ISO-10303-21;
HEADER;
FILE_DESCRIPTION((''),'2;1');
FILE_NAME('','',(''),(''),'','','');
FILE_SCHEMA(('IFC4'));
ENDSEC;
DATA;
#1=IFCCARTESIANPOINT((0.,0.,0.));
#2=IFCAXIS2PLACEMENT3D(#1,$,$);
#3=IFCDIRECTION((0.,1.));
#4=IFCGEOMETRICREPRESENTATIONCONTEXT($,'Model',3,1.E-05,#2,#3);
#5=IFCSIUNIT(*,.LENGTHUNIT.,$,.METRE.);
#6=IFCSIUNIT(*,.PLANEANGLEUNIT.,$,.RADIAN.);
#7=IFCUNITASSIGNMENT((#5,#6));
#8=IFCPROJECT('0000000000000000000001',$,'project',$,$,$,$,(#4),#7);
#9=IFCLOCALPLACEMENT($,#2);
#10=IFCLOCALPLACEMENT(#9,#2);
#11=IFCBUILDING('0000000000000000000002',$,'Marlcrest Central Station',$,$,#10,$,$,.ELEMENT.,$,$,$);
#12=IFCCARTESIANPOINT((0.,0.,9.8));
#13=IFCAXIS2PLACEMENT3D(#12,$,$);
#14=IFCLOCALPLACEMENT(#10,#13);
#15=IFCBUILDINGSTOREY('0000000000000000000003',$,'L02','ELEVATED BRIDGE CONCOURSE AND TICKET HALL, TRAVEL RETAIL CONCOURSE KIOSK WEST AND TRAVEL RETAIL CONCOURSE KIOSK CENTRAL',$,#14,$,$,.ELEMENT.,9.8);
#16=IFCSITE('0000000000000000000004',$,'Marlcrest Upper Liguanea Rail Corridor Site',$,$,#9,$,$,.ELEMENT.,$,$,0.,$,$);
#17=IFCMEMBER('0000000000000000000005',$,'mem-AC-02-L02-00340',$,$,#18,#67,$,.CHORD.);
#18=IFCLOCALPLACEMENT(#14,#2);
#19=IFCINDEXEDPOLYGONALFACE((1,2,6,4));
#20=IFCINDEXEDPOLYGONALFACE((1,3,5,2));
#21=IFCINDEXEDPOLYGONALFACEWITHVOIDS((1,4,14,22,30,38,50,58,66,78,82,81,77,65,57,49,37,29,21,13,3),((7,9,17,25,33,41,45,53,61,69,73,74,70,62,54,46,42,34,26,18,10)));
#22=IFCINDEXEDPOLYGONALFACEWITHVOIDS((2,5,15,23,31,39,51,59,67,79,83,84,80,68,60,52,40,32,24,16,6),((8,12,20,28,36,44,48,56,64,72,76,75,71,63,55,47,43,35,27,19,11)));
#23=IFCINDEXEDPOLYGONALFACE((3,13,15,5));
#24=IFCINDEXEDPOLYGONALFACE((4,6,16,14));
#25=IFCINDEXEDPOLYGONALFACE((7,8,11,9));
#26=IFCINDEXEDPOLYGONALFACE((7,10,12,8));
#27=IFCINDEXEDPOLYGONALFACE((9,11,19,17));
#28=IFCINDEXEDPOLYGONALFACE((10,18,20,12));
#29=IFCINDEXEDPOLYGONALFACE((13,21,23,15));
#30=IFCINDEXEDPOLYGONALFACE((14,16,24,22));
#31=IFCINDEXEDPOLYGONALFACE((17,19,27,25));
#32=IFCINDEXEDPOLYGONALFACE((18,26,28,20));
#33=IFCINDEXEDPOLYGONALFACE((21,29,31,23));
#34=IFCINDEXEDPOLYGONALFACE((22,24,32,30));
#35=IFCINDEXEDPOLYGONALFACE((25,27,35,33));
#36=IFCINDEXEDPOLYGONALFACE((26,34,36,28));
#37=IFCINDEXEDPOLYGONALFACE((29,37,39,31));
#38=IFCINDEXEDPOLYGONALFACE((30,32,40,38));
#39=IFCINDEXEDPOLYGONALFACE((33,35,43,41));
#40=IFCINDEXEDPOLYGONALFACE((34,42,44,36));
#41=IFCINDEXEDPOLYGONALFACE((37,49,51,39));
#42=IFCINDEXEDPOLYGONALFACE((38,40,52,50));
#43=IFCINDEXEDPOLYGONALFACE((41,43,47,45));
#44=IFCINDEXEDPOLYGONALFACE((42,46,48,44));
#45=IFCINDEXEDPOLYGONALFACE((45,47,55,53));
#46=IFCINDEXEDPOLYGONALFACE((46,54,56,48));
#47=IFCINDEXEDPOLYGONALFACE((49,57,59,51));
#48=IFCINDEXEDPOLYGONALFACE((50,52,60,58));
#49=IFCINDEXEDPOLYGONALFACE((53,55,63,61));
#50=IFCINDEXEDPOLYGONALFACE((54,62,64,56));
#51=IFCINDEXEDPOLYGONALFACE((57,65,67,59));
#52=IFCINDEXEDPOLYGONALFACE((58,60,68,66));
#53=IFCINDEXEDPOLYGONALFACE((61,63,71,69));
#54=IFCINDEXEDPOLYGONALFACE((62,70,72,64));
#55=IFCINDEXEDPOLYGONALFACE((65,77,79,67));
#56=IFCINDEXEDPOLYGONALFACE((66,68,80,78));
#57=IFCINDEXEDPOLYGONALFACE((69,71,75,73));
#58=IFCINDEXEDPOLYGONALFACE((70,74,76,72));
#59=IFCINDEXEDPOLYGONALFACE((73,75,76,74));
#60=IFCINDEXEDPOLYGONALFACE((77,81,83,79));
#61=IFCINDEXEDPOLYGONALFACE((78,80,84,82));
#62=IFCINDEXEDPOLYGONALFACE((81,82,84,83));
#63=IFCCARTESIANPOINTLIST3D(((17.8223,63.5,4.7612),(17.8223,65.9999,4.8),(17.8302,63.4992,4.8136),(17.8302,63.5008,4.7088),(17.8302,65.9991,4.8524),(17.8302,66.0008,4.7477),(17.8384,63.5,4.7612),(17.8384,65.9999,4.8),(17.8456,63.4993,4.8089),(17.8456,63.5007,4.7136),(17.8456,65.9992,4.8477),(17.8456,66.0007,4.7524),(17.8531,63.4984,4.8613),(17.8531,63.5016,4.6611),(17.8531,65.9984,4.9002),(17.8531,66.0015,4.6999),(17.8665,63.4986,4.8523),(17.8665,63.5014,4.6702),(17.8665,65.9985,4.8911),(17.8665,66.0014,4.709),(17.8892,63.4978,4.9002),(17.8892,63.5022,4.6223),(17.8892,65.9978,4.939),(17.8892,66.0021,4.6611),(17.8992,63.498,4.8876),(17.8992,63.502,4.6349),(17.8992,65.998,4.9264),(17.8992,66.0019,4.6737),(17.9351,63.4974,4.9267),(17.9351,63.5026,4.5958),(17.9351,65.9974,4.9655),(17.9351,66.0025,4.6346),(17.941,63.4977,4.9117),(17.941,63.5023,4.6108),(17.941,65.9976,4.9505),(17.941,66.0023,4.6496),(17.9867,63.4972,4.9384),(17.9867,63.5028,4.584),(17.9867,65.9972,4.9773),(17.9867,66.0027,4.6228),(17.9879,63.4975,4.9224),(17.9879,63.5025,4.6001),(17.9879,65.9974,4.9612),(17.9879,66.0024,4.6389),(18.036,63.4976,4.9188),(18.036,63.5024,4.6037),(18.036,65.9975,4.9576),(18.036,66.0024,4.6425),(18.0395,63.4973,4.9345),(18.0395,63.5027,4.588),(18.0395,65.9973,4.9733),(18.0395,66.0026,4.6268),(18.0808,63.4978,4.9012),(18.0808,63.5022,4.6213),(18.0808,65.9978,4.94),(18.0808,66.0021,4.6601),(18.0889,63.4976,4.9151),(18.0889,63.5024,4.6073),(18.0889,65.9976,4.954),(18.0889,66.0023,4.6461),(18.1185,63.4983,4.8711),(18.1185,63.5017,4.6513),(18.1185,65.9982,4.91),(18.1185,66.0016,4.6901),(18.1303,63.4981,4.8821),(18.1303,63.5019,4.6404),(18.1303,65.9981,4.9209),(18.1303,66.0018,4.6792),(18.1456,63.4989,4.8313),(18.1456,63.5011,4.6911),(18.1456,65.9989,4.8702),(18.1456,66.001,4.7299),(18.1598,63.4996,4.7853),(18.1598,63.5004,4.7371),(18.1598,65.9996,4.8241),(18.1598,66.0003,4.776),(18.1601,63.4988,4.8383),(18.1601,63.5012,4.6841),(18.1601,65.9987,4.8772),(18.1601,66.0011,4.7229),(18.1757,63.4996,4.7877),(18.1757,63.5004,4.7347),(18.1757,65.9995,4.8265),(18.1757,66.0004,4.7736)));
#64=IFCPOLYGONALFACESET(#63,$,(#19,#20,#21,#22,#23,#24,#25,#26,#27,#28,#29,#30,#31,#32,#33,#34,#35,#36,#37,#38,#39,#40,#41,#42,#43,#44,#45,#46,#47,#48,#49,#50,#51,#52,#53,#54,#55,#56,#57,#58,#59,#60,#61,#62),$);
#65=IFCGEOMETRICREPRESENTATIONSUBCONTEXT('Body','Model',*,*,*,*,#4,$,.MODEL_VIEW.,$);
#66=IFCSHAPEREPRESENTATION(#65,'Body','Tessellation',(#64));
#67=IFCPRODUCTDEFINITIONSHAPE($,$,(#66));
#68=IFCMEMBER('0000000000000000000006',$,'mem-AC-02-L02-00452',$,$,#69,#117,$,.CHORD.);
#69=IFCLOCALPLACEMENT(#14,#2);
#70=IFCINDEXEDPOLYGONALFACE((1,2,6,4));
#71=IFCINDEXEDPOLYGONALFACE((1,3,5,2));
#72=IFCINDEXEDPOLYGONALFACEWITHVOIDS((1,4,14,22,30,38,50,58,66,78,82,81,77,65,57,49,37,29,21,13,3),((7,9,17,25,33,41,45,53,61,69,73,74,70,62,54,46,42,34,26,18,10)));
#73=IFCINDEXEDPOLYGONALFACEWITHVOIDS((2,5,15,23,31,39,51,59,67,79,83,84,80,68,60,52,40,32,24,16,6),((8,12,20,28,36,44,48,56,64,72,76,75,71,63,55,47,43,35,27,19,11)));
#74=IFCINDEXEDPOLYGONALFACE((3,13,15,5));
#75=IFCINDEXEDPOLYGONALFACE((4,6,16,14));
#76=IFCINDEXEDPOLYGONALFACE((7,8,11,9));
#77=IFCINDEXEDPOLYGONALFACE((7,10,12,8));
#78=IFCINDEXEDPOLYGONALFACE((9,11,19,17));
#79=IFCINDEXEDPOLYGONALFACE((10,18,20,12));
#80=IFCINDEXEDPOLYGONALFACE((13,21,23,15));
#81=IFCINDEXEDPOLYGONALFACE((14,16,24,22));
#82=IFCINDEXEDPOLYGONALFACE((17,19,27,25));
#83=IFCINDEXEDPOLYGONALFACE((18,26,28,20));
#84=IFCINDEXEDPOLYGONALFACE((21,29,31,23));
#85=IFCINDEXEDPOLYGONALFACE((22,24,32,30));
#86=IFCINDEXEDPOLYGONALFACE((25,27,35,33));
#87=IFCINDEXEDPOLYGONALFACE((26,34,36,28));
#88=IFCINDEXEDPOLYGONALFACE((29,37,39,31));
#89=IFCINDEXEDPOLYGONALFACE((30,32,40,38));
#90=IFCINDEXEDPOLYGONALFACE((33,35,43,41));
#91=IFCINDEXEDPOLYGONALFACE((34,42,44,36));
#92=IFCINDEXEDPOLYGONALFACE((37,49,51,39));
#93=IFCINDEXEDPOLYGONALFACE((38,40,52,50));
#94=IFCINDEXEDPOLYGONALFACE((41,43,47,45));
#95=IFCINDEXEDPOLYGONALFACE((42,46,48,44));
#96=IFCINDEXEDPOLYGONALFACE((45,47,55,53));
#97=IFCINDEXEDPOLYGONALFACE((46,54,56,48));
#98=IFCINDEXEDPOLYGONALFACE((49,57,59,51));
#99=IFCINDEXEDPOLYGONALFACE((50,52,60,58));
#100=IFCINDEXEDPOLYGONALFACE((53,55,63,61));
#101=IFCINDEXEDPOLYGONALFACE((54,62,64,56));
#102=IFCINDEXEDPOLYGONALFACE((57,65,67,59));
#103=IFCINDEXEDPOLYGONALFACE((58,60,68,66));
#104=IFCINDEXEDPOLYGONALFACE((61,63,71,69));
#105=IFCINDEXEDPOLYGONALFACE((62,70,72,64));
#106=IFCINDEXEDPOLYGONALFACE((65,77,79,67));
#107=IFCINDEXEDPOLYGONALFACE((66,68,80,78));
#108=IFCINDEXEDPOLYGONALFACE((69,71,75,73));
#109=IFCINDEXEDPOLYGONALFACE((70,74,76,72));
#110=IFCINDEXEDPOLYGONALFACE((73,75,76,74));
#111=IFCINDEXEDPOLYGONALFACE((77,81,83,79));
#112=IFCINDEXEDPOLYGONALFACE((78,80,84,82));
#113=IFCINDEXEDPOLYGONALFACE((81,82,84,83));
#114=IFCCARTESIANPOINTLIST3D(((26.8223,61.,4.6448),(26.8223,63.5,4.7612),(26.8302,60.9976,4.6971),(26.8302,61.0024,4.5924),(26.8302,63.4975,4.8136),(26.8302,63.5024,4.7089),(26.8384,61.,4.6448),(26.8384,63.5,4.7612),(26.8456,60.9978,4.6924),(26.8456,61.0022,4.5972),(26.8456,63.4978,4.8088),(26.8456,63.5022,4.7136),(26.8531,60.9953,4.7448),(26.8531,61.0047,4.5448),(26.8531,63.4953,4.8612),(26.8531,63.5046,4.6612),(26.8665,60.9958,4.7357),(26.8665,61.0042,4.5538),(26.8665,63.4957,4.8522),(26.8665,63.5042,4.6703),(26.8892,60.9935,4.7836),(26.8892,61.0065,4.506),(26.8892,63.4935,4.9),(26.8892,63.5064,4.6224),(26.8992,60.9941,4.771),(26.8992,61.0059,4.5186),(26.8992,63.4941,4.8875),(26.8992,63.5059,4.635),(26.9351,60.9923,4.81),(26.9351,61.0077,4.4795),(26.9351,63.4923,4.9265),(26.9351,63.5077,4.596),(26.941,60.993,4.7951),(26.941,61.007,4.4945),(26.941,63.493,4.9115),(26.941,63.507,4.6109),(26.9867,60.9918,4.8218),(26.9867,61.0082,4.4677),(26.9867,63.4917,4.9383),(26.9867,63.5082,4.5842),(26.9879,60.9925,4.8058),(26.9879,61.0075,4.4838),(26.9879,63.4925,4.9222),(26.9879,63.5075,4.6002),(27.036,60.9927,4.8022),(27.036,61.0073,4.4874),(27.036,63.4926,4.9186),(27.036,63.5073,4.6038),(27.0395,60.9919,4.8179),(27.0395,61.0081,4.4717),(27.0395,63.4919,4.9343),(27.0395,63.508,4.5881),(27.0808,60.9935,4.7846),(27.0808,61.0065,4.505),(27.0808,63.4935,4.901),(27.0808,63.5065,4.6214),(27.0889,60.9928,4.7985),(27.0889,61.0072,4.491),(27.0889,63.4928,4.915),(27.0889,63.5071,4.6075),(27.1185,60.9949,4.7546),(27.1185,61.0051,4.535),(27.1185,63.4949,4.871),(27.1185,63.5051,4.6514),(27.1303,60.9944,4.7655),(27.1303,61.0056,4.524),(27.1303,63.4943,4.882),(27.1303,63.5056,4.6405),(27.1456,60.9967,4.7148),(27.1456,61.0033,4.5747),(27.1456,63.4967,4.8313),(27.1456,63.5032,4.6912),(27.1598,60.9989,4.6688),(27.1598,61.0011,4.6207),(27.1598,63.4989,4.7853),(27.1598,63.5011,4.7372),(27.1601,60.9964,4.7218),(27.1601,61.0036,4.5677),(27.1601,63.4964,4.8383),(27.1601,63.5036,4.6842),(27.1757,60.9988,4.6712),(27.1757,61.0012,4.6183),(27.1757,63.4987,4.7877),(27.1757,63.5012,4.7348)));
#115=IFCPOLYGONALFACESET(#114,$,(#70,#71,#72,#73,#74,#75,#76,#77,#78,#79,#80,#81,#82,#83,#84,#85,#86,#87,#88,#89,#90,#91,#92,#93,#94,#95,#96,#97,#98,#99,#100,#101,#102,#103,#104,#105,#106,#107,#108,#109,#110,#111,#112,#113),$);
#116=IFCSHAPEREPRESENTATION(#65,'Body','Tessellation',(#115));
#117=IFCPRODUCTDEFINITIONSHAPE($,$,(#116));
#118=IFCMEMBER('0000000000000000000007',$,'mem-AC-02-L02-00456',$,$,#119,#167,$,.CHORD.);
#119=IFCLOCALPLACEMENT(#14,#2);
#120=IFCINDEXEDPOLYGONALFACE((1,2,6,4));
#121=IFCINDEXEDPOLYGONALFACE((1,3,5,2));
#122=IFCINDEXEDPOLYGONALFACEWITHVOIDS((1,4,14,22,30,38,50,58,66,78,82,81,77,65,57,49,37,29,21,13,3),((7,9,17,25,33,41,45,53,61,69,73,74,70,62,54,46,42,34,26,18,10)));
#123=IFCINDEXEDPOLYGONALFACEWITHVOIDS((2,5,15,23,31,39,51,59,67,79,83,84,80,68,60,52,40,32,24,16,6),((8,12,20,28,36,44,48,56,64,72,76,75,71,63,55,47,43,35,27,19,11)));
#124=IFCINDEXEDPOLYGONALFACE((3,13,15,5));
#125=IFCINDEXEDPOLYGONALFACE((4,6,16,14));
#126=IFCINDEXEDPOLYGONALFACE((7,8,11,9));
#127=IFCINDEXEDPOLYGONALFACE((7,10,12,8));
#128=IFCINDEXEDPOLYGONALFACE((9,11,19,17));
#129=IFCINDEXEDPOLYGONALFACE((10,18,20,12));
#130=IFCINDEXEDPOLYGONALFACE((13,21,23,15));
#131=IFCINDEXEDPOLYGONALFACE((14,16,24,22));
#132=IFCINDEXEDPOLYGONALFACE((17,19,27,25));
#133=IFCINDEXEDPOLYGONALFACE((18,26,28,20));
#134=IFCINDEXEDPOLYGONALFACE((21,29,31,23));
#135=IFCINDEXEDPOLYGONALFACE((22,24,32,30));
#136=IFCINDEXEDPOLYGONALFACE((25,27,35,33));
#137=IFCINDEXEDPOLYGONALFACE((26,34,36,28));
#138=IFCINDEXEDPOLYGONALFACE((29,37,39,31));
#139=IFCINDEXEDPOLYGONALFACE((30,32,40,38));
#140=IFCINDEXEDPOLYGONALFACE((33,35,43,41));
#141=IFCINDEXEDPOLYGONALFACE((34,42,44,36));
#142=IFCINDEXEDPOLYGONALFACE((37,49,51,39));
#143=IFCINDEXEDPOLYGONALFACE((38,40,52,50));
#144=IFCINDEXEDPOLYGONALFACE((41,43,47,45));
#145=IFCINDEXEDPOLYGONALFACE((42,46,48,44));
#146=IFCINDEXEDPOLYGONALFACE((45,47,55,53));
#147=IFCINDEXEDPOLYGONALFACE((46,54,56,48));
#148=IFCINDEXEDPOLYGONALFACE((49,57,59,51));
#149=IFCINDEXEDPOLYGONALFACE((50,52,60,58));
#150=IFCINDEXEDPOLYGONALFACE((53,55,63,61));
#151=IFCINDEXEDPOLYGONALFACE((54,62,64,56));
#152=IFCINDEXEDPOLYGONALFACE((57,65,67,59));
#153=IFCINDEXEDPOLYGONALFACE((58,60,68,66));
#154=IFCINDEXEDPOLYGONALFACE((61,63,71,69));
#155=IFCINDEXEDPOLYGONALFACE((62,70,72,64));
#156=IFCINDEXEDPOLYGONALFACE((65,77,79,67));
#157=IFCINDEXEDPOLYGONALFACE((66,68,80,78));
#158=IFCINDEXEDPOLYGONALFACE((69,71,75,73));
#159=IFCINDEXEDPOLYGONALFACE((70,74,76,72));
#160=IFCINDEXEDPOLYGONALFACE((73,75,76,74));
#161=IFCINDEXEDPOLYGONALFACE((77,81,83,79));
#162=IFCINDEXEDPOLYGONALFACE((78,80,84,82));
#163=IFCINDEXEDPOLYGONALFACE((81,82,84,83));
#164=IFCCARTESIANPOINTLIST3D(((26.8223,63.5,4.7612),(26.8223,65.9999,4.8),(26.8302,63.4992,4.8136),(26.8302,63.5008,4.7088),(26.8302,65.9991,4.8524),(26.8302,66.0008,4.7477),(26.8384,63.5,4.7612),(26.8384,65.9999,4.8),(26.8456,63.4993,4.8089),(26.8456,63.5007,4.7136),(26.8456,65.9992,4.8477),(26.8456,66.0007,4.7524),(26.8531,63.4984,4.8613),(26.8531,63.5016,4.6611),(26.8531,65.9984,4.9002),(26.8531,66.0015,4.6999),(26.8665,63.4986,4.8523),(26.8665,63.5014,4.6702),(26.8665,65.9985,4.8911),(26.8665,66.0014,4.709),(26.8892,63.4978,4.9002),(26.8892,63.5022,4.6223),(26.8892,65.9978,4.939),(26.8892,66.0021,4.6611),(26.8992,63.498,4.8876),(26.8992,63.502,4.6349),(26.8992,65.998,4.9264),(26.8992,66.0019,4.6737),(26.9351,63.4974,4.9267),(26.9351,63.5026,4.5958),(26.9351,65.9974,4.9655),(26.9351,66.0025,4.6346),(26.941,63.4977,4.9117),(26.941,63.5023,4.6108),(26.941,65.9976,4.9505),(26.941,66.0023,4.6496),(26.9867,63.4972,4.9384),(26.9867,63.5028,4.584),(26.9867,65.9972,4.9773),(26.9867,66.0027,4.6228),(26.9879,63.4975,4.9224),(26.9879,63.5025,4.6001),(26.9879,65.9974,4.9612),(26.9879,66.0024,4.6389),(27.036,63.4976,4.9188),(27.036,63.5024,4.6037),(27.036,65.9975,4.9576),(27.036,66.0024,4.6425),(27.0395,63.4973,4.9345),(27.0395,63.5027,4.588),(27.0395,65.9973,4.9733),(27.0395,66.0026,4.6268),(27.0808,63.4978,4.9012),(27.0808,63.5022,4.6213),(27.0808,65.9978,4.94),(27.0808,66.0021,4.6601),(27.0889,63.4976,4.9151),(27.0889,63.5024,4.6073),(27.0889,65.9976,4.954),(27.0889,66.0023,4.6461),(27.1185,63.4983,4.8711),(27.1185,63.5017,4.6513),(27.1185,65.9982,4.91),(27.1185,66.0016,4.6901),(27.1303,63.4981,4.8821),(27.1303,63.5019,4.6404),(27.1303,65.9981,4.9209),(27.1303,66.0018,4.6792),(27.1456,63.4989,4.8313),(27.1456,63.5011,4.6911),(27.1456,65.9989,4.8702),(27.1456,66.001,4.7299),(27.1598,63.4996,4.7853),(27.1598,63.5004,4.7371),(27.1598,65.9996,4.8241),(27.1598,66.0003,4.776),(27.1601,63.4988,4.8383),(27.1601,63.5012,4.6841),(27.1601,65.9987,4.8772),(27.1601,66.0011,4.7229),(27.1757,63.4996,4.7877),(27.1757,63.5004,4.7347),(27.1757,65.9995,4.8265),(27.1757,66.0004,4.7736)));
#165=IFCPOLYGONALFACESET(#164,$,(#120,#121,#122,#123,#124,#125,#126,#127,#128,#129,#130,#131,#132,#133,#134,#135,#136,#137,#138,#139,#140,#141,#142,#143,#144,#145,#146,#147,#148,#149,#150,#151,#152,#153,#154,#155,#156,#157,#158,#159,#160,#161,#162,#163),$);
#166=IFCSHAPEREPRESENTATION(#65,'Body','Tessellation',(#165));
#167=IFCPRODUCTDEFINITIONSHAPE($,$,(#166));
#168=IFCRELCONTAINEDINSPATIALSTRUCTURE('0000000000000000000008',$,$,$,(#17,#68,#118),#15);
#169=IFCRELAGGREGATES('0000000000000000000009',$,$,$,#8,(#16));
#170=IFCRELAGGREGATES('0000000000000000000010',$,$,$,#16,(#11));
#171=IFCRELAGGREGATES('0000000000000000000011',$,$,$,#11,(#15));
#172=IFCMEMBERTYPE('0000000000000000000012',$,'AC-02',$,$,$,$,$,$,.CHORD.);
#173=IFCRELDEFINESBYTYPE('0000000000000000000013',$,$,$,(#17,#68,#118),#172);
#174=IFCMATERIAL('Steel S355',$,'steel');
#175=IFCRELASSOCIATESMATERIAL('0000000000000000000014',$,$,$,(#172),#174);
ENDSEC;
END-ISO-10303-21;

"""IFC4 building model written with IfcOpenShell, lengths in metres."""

from ifc_helpers import new_model, si_unit, direction, frame, origin, origin_2d, place, context, subcontext, project, spatial, hollow_circle, extrude, material, material_profile, profile_set, type_object, element, save


model = new_model("IFC4")

# Units and contexts
model_context = context("Model", 3, precision=1e-05, world=origin(), true_north=direction((0.0, 1.0)))
body_context = subcontext(model_context, "Body", "Model", "MODEL_VIEW")
ifc_project = project(units=[si_unit("LENGTHUNIT", "METRE"), si_unit("PLANEANGLEUNIT", "RADIAN")], contexts=[model_context])

# Site, building, storey
site_placement = place(None, origin())
site = spatial("IfcSite", under=ifc_project, at=site_placement, Name="Marlcrest Upper Liguanea Rail Corridor Site", CompositionType="ELEMENT", RefElevation=0.0)
building_placement = place(site_placement, origin())
building = spatial("IfcBuilding", under=site, at=building_placement, Name="Marlcrest Central Station", CompositionType="ELEMENT")
storey_placement = place(building_placement, frame((0.0, 0.0, 9.8)))
storey = spatial("IfcBuildingStorey", under=building, at=storey_placement, Name="L02", Description="ELEVATED BRIDGE CONCOURSE AND TICKET HALL, TRAVEL RETAIL CONCOURSE KIOSK WEST AND TRAVEL RETAIL CONCOURSE KIOSK CENTRAL", CompositionType="ELEMENT", Elevation=9.8)

# Members
ifc_material = material(Name="Steel S355", Category="steel")
ifc_material_profile_1 = material_profile(ifc_material, hollow_circle(Radius=0.1777, WallThickness=0.0161, at=origin_2d()), Name="CHS 355.6x16")
ifc_profile_set_1 = profile_set([ifc_material_profile_1], Name="Steel S355")
member_type_1 = type_object("IfcMemberType", Name="AC-02", PredefinedType="CHORD", material=ifc_profile_set_1)
member_1_placement = place(storey_placement, frame((18.0, 63.5, 4.7612), z_axis=(0.0, 0.999879, 0.015525), x_axis=(-1.0, 0.0, 0.0)))
element("IfcMember", 1, at=member_1_placement, inside=storey, type_object=member_type_1, Name="mem-AC-02-L02-00340", PredefinedType="CHORD", context=body_context, shape_type="SweptSolid", body=[
    extrude(hollow_circle(Radius=0.1777, WallThickness=0.0161, at=origin_2d()), origin(), (0.0, 0.0, 1.0), 2.5002),
])
member_2_placement = place(storey_placement, frame((27.0, 61.0, 4.6448), z_axis=(0.0, 0.998917, 0.046532), x_axis=(-1.0, 0.0, 0.0)))
element("IfcMember", 2, at=member_2_placement, inside=storey, type_object=member_type_1, Name="mem-AC-02-L02-00452", PredefinedType="CHORD", context=body_context, shape_type="SweptSolid", body=[
    extrude(hollow_circle(Radius=0.1777, WallThickness=0.0161, at=origin_2d()), origin(), (0.0, 0.0, 1.0), 2.5027),
])
member_3_placement = place(storey_placement, frame((27.0, 63.5, 4.7612), z_axis=(0.0, 0.999879, 0.015525), x_axis=(-1.0, 0.0, 0.0)))
element("IfcMember", 3, at=member_3_placement, inside=storey, type_object=member_type_1, Name="mem-AC-02-L02-00456", PredefinedType="CHORD", context=body_context, shape_type="SweptSolid", body=[
    extrude(hollow_circle(Radius=0.1777, WallThickness=0.0161, at=origin_2d()), origin(), (0.0, 0.0, 1.0), 2.5002),
])

save(model, "model.ifc")
